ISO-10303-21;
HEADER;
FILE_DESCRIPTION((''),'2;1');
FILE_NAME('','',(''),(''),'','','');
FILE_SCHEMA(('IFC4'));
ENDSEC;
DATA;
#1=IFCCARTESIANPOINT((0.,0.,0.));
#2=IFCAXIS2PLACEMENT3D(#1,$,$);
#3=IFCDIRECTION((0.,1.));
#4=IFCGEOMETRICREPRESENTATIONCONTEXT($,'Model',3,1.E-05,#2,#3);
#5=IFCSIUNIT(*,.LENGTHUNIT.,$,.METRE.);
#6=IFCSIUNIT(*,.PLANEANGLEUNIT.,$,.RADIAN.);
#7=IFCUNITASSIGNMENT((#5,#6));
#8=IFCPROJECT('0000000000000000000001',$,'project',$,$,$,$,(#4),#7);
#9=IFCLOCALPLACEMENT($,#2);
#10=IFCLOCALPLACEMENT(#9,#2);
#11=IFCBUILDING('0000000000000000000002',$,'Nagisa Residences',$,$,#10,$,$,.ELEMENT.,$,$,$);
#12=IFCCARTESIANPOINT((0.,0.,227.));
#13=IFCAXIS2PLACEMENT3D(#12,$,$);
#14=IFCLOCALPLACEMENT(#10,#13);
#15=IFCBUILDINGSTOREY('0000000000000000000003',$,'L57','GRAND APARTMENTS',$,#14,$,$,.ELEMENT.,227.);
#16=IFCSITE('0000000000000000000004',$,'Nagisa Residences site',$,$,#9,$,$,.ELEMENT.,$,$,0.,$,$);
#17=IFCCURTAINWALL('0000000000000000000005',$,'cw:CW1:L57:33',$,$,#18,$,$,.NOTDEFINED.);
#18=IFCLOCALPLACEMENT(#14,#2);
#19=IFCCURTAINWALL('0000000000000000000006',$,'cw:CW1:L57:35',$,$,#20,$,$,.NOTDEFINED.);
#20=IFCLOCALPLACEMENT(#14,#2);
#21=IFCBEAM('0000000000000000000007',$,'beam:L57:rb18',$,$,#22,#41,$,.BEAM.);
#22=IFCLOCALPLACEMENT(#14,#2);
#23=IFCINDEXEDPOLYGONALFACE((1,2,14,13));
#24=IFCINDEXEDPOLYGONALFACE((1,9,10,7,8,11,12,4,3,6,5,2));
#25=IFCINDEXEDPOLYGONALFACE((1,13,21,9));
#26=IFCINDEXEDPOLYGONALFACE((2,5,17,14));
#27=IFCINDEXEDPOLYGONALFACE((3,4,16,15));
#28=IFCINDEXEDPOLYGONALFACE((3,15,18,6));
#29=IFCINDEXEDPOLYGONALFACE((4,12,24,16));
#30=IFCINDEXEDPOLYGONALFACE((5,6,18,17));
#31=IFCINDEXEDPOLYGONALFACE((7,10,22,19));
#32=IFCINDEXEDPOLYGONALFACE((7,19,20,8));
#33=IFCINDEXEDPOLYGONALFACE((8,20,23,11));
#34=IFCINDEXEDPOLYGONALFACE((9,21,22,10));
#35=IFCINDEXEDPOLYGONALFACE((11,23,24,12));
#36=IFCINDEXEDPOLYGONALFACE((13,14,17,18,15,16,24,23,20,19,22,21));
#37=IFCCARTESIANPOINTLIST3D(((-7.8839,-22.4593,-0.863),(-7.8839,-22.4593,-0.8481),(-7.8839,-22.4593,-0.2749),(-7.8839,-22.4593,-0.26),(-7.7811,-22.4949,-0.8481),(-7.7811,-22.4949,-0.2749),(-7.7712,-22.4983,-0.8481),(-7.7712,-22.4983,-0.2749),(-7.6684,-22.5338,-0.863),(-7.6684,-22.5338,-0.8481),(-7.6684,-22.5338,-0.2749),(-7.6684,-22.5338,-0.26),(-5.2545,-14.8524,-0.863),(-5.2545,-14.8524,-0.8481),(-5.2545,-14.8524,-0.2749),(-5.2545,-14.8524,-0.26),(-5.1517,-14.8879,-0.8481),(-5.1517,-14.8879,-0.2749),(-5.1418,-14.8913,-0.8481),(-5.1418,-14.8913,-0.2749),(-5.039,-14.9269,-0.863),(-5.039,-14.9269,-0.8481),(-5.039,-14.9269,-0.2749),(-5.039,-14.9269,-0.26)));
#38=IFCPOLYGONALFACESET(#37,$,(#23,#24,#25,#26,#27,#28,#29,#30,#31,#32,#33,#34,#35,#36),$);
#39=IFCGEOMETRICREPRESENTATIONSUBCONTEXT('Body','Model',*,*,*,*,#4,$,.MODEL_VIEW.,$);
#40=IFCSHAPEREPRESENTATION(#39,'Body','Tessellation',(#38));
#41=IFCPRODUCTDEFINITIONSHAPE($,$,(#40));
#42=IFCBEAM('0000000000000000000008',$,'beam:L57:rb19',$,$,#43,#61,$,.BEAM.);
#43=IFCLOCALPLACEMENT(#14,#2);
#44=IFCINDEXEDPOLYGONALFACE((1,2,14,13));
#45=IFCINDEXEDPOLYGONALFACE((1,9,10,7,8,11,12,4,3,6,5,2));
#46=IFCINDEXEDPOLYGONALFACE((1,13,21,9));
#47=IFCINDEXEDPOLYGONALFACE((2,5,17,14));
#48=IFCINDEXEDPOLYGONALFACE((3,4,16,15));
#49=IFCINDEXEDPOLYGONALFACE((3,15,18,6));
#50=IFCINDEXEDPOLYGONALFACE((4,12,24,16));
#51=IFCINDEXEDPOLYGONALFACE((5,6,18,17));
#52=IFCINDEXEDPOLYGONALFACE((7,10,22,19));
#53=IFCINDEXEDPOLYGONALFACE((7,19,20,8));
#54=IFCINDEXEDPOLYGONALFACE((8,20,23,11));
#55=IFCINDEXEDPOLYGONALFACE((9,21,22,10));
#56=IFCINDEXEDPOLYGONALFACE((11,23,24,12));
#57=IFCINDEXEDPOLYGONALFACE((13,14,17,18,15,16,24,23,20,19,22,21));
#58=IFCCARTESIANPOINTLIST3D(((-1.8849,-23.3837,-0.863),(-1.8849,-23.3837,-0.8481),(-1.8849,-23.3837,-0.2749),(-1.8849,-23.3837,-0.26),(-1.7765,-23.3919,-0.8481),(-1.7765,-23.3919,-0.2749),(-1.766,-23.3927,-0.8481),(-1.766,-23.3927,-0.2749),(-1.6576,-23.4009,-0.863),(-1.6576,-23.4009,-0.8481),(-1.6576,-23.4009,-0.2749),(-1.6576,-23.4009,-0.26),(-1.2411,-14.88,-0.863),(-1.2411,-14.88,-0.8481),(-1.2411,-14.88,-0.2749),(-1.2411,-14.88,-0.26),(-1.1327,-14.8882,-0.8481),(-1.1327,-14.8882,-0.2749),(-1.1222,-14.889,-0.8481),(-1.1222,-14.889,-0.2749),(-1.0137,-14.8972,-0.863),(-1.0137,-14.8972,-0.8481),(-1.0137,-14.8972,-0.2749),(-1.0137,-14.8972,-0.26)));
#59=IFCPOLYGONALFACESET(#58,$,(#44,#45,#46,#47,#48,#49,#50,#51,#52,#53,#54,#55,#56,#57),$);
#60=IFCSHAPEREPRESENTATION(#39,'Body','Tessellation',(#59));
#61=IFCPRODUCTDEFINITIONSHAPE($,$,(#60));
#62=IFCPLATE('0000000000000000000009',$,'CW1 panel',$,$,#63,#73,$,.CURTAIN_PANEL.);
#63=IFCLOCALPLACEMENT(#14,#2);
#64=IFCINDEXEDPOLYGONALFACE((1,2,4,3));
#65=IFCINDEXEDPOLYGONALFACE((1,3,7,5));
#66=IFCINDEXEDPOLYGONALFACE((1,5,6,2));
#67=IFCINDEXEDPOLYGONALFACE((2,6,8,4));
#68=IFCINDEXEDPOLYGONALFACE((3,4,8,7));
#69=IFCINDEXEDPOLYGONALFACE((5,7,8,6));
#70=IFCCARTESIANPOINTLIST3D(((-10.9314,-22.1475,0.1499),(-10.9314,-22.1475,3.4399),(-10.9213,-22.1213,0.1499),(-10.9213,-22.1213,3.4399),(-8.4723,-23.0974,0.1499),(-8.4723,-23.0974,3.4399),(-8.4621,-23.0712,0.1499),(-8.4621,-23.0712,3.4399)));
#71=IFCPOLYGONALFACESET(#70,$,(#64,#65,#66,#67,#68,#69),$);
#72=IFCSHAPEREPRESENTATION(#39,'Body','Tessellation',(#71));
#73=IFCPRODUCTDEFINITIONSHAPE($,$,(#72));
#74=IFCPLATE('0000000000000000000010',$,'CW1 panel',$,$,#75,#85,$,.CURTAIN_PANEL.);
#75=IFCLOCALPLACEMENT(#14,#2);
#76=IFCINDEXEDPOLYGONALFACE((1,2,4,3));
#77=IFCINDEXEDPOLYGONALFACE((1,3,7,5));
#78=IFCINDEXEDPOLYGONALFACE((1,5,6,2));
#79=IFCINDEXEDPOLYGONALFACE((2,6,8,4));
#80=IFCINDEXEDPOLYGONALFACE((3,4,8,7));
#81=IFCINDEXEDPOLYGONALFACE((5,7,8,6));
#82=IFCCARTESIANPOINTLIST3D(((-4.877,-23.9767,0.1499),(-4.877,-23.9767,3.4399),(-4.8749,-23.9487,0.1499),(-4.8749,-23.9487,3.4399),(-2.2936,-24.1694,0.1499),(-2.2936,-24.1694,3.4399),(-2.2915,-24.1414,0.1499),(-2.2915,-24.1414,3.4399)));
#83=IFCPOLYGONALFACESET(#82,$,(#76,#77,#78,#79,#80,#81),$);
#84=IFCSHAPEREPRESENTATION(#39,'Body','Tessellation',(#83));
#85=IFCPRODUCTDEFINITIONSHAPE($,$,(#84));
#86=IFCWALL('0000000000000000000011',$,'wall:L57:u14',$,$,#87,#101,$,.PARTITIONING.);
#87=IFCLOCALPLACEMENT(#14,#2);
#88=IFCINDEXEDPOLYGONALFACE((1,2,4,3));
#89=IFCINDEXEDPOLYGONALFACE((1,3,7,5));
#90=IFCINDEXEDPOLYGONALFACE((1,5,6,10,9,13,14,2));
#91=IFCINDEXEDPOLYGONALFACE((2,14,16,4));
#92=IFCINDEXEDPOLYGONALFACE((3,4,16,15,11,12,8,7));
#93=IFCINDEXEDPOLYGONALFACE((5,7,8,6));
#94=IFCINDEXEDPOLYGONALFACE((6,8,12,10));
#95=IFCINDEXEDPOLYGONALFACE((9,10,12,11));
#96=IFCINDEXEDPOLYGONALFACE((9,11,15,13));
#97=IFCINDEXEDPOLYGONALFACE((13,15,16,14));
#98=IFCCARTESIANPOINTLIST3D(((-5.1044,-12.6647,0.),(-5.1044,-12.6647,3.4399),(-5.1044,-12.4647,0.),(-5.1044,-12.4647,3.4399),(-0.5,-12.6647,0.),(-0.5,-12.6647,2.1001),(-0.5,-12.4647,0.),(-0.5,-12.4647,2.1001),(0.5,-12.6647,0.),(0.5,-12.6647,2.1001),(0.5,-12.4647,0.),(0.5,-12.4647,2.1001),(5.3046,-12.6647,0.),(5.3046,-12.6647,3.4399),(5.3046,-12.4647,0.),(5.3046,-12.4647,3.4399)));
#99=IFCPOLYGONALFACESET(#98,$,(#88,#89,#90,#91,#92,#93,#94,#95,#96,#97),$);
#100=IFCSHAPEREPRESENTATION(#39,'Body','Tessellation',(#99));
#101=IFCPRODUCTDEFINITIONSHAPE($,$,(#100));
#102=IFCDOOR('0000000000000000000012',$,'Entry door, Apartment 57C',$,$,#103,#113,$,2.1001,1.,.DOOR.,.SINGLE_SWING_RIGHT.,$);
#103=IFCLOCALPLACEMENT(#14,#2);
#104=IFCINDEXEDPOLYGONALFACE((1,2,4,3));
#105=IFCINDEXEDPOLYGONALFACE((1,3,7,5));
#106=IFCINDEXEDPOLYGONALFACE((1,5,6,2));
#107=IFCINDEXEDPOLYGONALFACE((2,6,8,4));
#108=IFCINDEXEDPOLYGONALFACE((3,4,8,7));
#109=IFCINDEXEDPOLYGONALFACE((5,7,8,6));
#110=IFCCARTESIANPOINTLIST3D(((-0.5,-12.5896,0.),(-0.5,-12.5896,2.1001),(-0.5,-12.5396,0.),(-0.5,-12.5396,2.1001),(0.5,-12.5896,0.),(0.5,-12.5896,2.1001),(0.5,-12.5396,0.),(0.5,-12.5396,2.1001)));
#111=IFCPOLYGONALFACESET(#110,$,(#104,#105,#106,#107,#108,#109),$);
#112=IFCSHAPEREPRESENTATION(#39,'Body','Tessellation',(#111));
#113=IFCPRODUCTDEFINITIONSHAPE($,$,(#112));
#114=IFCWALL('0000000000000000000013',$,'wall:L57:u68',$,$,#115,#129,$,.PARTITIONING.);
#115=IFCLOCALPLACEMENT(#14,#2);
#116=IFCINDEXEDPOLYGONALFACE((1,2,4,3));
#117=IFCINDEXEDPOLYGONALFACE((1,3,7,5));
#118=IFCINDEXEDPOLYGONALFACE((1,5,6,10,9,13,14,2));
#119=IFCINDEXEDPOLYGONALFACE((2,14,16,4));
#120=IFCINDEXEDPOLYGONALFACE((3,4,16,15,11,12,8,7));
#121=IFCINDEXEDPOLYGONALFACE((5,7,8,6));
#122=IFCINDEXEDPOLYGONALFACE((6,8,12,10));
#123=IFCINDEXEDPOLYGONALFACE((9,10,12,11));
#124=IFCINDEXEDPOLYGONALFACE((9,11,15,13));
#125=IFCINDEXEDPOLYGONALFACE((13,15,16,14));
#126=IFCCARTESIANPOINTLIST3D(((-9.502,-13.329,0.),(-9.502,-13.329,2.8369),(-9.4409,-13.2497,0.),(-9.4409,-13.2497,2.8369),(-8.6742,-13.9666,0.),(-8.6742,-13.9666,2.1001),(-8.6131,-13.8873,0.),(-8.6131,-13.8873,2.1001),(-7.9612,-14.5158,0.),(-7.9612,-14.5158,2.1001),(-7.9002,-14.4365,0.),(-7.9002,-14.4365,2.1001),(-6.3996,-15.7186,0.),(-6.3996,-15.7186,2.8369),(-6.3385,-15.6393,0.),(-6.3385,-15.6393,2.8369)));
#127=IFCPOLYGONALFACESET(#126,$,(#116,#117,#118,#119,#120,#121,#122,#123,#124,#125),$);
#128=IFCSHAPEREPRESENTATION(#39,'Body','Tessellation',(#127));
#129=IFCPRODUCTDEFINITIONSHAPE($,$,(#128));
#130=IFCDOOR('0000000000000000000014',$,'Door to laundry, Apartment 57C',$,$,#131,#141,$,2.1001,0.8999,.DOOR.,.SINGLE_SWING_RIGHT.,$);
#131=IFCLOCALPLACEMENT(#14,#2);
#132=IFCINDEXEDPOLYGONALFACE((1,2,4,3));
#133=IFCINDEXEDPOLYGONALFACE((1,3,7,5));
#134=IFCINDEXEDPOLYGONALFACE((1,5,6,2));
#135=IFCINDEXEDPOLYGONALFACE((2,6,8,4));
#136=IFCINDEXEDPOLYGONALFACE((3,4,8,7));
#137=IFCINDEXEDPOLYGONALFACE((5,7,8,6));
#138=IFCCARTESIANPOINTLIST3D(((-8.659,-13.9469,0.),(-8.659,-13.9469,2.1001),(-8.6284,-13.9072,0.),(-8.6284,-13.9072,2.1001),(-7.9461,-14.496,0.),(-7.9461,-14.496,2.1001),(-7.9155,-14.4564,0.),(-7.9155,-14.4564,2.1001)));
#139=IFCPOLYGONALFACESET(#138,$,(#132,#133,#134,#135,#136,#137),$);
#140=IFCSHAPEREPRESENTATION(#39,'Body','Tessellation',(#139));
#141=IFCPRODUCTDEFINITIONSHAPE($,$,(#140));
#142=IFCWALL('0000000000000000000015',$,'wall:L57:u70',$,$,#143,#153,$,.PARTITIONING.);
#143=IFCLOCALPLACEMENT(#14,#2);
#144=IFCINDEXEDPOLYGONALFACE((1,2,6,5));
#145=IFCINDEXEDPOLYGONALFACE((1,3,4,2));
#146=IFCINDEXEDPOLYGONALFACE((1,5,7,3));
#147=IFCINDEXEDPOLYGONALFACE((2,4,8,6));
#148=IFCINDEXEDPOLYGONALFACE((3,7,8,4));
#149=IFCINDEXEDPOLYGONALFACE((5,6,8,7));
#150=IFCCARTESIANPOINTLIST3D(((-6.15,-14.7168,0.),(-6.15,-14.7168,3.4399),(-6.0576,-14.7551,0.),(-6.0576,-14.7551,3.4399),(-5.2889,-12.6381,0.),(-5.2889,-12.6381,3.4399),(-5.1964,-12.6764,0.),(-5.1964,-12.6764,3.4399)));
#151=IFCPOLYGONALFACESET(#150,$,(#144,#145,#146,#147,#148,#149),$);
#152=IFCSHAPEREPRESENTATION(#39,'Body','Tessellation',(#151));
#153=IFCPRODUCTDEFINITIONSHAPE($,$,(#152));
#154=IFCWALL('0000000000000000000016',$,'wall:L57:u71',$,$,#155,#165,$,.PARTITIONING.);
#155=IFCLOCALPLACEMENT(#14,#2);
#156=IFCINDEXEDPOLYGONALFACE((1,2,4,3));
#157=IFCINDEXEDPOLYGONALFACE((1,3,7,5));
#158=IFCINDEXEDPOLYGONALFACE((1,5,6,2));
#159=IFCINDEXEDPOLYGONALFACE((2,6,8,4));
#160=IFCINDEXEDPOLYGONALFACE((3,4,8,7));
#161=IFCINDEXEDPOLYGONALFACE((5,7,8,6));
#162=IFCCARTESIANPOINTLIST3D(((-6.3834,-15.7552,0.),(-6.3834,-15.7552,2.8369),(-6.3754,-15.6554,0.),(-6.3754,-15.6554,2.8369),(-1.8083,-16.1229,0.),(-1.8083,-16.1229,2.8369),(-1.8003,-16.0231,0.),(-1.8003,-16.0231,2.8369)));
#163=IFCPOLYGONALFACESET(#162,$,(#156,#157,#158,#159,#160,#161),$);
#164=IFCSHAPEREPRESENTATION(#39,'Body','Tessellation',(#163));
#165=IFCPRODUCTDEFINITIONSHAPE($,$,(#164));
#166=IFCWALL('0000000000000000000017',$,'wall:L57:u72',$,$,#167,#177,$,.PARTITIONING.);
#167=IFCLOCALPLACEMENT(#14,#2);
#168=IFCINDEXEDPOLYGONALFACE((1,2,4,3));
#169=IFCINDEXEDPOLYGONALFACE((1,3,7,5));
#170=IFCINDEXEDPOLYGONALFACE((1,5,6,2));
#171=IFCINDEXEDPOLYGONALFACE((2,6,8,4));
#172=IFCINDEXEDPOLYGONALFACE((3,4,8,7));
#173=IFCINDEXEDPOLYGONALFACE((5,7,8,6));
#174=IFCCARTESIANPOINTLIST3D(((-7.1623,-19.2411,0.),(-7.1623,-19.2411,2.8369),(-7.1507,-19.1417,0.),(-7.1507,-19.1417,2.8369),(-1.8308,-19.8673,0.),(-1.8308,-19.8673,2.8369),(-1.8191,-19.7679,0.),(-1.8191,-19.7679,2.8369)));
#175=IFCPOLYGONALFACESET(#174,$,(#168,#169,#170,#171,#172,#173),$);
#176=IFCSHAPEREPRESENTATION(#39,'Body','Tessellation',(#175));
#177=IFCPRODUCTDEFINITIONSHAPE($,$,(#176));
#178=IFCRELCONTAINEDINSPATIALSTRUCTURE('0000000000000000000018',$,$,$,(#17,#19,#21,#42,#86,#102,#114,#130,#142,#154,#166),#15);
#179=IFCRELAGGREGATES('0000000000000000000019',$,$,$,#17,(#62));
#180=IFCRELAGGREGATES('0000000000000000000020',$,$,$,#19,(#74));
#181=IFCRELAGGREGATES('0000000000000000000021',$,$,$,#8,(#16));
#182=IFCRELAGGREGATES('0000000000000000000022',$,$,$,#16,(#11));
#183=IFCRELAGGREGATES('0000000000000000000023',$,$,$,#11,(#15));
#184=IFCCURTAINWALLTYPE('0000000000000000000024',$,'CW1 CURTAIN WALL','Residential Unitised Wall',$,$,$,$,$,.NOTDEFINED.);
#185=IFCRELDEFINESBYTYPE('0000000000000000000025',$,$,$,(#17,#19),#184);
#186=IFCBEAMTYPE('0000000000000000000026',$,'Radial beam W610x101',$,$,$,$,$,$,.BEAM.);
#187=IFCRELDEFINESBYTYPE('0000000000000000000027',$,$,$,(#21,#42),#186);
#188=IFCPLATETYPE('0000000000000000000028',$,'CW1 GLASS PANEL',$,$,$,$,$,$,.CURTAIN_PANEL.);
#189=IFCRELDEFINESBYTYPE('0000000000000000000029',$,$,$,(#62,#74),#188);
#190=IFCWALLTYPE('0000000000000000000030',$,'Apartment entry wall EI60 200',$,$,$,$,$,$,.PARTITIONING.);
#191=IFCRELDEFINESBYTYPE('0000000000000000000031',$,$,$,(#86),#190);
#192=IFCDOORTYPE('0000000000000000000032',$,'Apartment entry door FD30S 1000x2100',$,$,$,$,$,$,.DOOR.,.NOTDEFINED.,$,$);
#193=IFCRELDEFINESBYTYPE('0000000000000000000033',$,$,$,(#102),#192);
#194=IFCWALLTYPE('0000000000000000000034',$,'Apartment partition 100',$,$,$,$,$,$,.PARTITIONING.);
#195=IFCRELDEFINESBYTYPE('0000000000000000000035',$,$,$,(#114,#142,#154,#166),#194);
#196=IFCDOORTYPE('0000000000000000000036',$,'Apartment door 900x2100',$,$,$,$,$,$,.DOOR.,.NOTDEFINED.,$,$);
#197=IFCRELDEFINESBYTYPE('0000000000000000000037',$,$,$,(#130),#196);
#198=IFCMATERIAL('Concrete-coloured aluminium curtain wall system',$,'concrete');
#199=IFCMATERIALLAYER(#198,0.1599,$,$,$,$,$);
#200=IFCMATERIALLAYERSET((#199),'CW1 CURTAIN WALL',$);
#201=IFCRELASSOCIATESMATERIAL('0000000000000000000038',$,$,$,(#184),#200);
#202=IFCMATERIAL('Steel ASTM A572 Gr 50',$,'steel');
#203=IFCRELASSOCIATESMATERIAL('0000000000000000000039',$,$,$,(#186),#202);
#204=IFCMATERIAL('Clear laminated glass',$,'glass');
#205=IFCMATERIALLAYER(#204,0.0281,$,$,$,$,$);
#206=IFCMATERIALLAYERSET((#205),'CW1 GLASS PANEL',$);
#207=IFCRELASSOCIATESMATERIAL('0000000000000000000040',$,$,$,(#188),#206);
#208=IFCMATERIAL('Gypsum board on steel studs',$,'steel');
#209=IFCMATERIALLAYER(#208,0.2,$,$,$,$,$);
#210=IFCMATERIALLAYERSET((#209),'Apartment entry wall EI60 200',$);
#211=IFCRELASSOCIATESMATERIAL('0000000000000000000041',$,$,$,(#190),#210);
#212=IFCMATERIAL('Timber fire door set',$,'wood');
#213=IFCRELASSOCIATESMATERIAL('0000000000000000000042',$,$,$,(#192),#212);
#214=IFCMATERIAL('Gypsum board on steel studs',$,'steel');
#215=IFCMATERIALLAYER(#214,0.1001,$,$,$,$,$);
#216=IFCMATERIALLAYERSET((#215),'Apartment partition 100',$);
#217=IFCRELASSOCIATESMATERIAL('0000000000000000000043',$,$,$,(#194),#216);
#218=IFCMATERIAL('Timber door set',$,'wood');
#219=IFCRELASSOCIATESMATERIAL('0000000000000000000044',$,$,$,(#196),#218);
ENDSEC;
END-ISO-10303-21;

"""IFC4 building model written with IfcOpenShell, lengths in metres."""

from ifc_helpers import new_model, si_unit, direction, frame, frame_2d, origin, origin_2d, place, context, subcontext, project, spatial, rectangle, i_section, extrude, material, layer, layer_set, material_profile, profile_set, type_object, element, fill, aggregate, save


model = new_model("IFC4")

# Units and contexts
model_context = context("Model", 3, precision=1e-05, world=origin(), true_north=direction((0.0, 1.0)))
body_context = subcontext(model_context, "Body", "Model", "MODEL_VIEW")
ifc_project = project(units=[si_unit("LENGTHUNIT", "METRE"), si_unit("PLANEANGLEUNIT", "RADIAN")], contexts=[model_context])

# Site, building, storey
site_placement = place(None, origin())
site = spatial("IfcSite", under=ifc_project, at=site_placement, Name="Nagisa Residences site", CompositionType="ELEMENT", RefElevation=0.0)
building_placement = place(site_placement, origin())
building = spatial("IfcBuilding", under=site, at=building_placement, Name="Nagisa Residences", CompositionType="ELEMENT")
storey_placement = place(building_placement, frame((0.0, 0.0, 227.0)))
storey = spatial("IfcBuildingStorey", under=building, at=storey_placement, Name="L57", Description="GRAND APARTMENTS", CompositionType="ELEMENT", Elevation=227.0)

# Curtain walls
ifc_material_1 = material(Name="Concrete-coloured aluminium curtain wall system", Category="concrete")
ifc_layer_1 = layer(ifc_material_1, 0.1599)
ifc_layer_set_1 = layer_set([ifc_layer_1], Name="CW1 CURTAIN WALL")
curtain_wall_type = type_object("IfcCurtainWallType", Name="CW1 CURTAIN WALL", Description="Residential Unitised Wall", PredefinedType="NOTDEFINED", material=ifc_layer_set_1)
curtain_wall_1_placement = place(storey_placement, origin())
curtain_wall_1 = element("IfcCurtainWall", 1, at=curtain_wall_1_placement, inside=storey, type_object=curtain_wall_type, Name="cw:CW1:L57:33", PredefinedType="NOTDEFINED")
curtain_wall_2_placement = place(storey_placement, origin())
curtain_wall_2 = element("IfcCurtainWall", 2, at=curtain_wall_2_placement, inside=storey, type_object=curtain_wall_type, Name="cw:CW1:L57:35", PredefinedType="NOTDEFINED")

# Beams
ifc_material_2 = material(Name="Steel ASTM A572 Gr 50", Category="steel")
ifc_material_profile_1 = material_profile(ifc_material_2, i_section(OverallWidth=0.228, OverallDepth=0.603, WebThickness=0.0105, FlangeThickness=0.0149, at=origin_2d()), Name="W610x101")
ifc_profile_set_1 = profile_set([ifc_material_profile_1], Name="Steel ASTM A572 Gr 50")
beam_type_1 = type_object("IfcBeamType", Name="Radial beam W610x101", PredefinedType="BEAM", material=ifc_profile_set_1)
beam_1_placement = place(storey_placement, frame((-7.7761, -22.4966, -0.5615), z_axis=(0.326692, 0.945131, 0.0), x_axis=(-0.945131, 0.326692, 0.0)))
element("IfcBeam", 3, at=beam_1_placement, inside=storey, type_object=beam_type_1, Name="beam:L57:rb18", PredefinedType="BEAM", context=body_context, shape_type="SweptSolid", body=[
    extrude(i_section(OverallWidth=0.228, OverallDepth=0.603, WebThickness=0.0105, FlangeThickness=0.0149, at=origin_2d()), origin(), (0.0, 0.0, 1.0), 8.0486),
])
beam_2_placement = place(storey_placement, frame((-1.7712, -23.3923, -0.5615), z_axis=(0.075492, 0.997146, 0.0), x_axis=(-0.997146, 0.075492, 0.0)))
element("IfcBeam", 4, at=beam_2_placement, inside=storey, type_object=beam_type_1, Name="beam:L57:rb19", PredefinedType="BEAM", context=body_context, shape_type="SweptSolid", body=[
    extrude(i_section(OverallWidth=0.228, OverallDepth=0.603, WebThickness=0.0105, FlangeThickness=0.0149, at=origin_2d()), origin(), (0.0, 0.0, 1.0), 8.5281),
])

# Plates
ifc_material_3 = material(Name="Clear laminated glass", Category="glass")
ifc_layer_2 = layer(ifc_material_3, 0.0281)
ifc_layer_set_2 = layer_set([ifc_layer_2], Name="CW1 GLASS PANEL")
plate_type = type_object("IfcPlateType", Name="CW1 GLASS PANEL", PredefinedType="CURTAIN_PANEL", material=ifc_layer_set_2)
plate_1_placement = place(storey_placement, frame((-9.6968, -22.6094, 0.1499), z_axis=(0.0, 0.0, 1.0), x_axis=(0.932826, -0.360328, 0.0)))
plate_1 = element("IfcPlate", 5, at=plate_1_placement, type_object=plate_type, Name="CW1 panel", PredefinedType="CURTAIN_PANEL", context=body_context, shape_type="SweptSolid", body=[
    extrude(rectangle(XDim=2.6362, YDim=0.0281, at=origin_2d()), origin(), (0.0, 0.0, 1.0), 3.29),
])
aggregate(curtain_wall_1, [plate_1])
plate_2_placement = place(storey_placement, frame((-3.5842, -24.0591, 0.1499), z_axis=(0.0, 0.0, 1.0), x_axis=(0.99723, -0.074377, 0.0)))
plate_2 = element("IfcPlate", 6, at=plate_2_placement, type_object=plate_type, Name="CW1 panel", PredefinedType="CURTAIN_PANEL", context=body_context, shape_type="SweptSolid", body=[
    extrude(rectangle(XDim=2.5906, YDim=0.0281, at=origin_2d()), origin(), (0.0, 0.0, 1.0), 3.29),
])
aggregate(curtain_wall_2, [plate_2])

# Walls, openings, doors
ifc_material_4 = material(Name="Gypsum board on steel studs", Category="steel")
ifc_layer_3 = layer(ifc_material_4, 0.2)
ifc_layer_set_3 = layer_set([ifc_layer_3], Name="Apartment entry wall EI60 200")
wall_type_1 = type_object("IfcWallType", Name="Apartment entry wall EI60 200", PredefinedType="PARTITIONING", material=ifc_layer_set_3)
wall_1_placement = place(storey_placement, frame((-5.1045, -12.5647, 0.0), z_axis=(0.0, 0.0, 1.0), x_axis=(1.0, 0.0, 0.0)))
wall_1 = element("IfcWall", 7, at=wall_1_placement, inside=storey, type_object=wall_type_1, Name="wall:L57:u14", PredefinedType="PARTITIONING", context=body_context, shape_type="SweptSolid", body=[
    extrude(rectangle(XDim=10.4089, YDim=0.2, at=frame_2d((5.2046, 0.0))), origin(), (0.0, 0.0, 1.0), 3.4399),
])
opening_1_placement = place(wall_1_placement, frame((4.6045, 0.0, 0.0)))
opening_1 = element("IfcOpeningElement", 8, at=opening_1_placement, cuts=wall_1, PredefinedType="OPENING", context=body_context, shape_type="SweptSolid", body=[
    extrude(rectangle(XDim=1.0, YDim=2.1001, at=frame_2d((0.5, 1.05))), frame((0.0, 0.1099, 0.0), z_axis=(0.0, -1.0, 0.0), x_axis=(1.0, 0.0, 0.0)), (0.0, 0.0, 1.0), 0.22),
])
ifc_material_5 = material(Name="Timber fire door set", Category="wood")
door_type_1 = type_object("IfcDoorType", Name="Apartment entry door FD30S 1000x2100", OperationType="NOTDEFINED", PredefinedType="DOOR", material=ifc_material_5)
door_1_placement = place(opening_1_placement, frame((1.0, 0.0, 0.0), x_axis=(-1.0, 0.0, 0.0)))
door_1 = element("IfcDoor", 9, at=door_1_placement, inside=storey, type_object=door_type_1, Name="Entry door, Apartment 57C", OperationType="SINGLE_SWING_RIGHT", OverallHeight=2.1001, OverallWidth=1.0, PredefinedType="DOOR", context=body_context, shape_type="SweptSolid", body=[
    extrude(rectangle(XDim=1.0, YDim=2.1001, at=frame_2d((0.5, 1.05))), frame((0.0, 0.0249, 0.0), z_axis=(0.0, -1.0, 0.0), x_axis=(1.0, 0.0, 0.0)), (0.0, 0.0, 1.0), 0.05),
])
fill(opening_1, door_1)
ifc_material_6 = material(Name="Gypsum board on steel studs", Category="steel")
ifc_layer_4 = layer(ifc_material_6, 0.1001)
ifc_layer_set_4 = layer_set([ifc_layer_4], Name="Apartment partition 100")
wall_type_2 = type_object("IfcWallType", Name="Apartment partition 100", PredefinedType="PARTITIONING", material=ifc_layer_set_4)
wall_2_placement = place(storey_placement, frame((-9.4714, -13.2893, 0.0), z_axis=(0.0, 0.0, 1.0), x_axis=(0.792221, -0.610235, 0.0)))
wall_2 = element("IfcWall", 10, at=wall_2_placement, inside=storey, type_object=wall_type_2, Name="wall:L57:u68", PredefinedType="PARTITIONING", context=body_context, shape_type="SweptSolid", body=[
    extrude(rectangle(XDim=3.916, YDim=0.1001, at=frame_2d((1.958, 0.0))), origin(), (0.0, 0.0, 1.0), 2.8369),
])
opening_2_placement = place(wall_2_placement, frame((1.0449, 0.0, 0.0)))
opening_2 = element("IfcOpeningElement", 11, at=opening_2_placement, cuts=wall_2, PredefinedType="OPENING", context=body_context, shape_type="SweptSolid", body=[
    extrude(rectangle(XDim=0.8999, YDim=2.1001, at=frame_2d((0.45, 1.05))), frame((0.0, 0.0601, 0.0), z_axis=(0.0, -1.0, 0.0), x_axis=(1.0, 0.0, 0.0)), (0.0, 0.0, 1.0), 0.1201),
])
ifc_material_7 = material(Name="Timber door set", Category="wood")
door_type_2 = type_object("IfcDoorType", Name="Apartment door 900x2100", OperationType="NOTDEFINED", PredefinedType="DOOR", material=ifc_material_7)
door_2_placement = place(opening_2_placement, origin())
door_2 = element("IfcDoor", 12, at=door_2_placement, inside=storey, type_object=door_type_2, Name="Door to laundry, Apartment 57C", OperationType="SINGLE_SWING_RIGHT", OverallHeight=2.1001, OverallWidth=0.8999, PredefinedType="DOOR", context=body_context, shape_type="SweptSolid", body=[
    extrude(rectangle(XDim=0.8999, YDim=2.1001, at=frame_2d((0.45, 1.05))), frame((0.0, 0.0249, 0.0), z_axis=(0.0, -1.0, 0.0), x_axis=(1.0, 0.0, 0.0)), (0.0, 0.0, 1.0), 0.05),
])
fill(opening_2, door_2)

# Walls
wall_3_placement = place(storey_placement, frame((-5.2427, -12.6572, 0.0), z_axis=(0.0, 0.0, 1.0), x_axis=(-0.382719, -0.923865, 0.0)))
element("IfcWall", 13, at=wall_3_placement, inside=storey, type_object=wall_type_2, Name="wall:L57:u70", PredefinedType="PARTITIONING", context=body_context, shape_type="SweptSolid", body=[
    extrude(rectangle(XDim=2.25, YDim=0.1001, at=frame_2d((1.125, 0.0))), origin(), (0.0, 0.0, 1.0), 3.4399),
])
wall_4_placement = place(storey_placement, frame((-6.3794, -15.7053, 0.0), z_axis=(0.0, 0.0, 1.0), x_axis=(0.996786, -0.080105, 0.0)))
element("IfcWall", 14, at=wall_4_placement, inside=storey, type_object=wall_type_2, Name="wall:L57:u71", PredefinedType="PARTITIONING", context=body_context, shape_type="SweptSolid", body=[
    extrude(rectangle(XDim=4.5898, YDim=0.1001, at=frame_2d((2.2949, 0.0))), origin(), (0.0, 0.0, 1.0), 2.8369),
])
wall_5_placement = place(storey_placement, frame((-7.1565, -19.1914, 0.0), z_axis=(0.0, 0.0, 1.0), x_axis=(0.993173, -0.116654, 0.0)))
element("IfcWall", 15, at=wall_5_placement, inside=storey, type_object=wall_type_2, Name="wall:L57:u72", PredefinedType="PARTITIONING", context=body_context, shape_type="SweptSolid", body=[
    extrude(rectangle(XDim=5.3682, YDim=0.1001, at=frame_2d((2.6841, 0.0))), origin(), (0.0, 0.0, 1.0), 2.8369),
])

save(model, "model.ifc")
